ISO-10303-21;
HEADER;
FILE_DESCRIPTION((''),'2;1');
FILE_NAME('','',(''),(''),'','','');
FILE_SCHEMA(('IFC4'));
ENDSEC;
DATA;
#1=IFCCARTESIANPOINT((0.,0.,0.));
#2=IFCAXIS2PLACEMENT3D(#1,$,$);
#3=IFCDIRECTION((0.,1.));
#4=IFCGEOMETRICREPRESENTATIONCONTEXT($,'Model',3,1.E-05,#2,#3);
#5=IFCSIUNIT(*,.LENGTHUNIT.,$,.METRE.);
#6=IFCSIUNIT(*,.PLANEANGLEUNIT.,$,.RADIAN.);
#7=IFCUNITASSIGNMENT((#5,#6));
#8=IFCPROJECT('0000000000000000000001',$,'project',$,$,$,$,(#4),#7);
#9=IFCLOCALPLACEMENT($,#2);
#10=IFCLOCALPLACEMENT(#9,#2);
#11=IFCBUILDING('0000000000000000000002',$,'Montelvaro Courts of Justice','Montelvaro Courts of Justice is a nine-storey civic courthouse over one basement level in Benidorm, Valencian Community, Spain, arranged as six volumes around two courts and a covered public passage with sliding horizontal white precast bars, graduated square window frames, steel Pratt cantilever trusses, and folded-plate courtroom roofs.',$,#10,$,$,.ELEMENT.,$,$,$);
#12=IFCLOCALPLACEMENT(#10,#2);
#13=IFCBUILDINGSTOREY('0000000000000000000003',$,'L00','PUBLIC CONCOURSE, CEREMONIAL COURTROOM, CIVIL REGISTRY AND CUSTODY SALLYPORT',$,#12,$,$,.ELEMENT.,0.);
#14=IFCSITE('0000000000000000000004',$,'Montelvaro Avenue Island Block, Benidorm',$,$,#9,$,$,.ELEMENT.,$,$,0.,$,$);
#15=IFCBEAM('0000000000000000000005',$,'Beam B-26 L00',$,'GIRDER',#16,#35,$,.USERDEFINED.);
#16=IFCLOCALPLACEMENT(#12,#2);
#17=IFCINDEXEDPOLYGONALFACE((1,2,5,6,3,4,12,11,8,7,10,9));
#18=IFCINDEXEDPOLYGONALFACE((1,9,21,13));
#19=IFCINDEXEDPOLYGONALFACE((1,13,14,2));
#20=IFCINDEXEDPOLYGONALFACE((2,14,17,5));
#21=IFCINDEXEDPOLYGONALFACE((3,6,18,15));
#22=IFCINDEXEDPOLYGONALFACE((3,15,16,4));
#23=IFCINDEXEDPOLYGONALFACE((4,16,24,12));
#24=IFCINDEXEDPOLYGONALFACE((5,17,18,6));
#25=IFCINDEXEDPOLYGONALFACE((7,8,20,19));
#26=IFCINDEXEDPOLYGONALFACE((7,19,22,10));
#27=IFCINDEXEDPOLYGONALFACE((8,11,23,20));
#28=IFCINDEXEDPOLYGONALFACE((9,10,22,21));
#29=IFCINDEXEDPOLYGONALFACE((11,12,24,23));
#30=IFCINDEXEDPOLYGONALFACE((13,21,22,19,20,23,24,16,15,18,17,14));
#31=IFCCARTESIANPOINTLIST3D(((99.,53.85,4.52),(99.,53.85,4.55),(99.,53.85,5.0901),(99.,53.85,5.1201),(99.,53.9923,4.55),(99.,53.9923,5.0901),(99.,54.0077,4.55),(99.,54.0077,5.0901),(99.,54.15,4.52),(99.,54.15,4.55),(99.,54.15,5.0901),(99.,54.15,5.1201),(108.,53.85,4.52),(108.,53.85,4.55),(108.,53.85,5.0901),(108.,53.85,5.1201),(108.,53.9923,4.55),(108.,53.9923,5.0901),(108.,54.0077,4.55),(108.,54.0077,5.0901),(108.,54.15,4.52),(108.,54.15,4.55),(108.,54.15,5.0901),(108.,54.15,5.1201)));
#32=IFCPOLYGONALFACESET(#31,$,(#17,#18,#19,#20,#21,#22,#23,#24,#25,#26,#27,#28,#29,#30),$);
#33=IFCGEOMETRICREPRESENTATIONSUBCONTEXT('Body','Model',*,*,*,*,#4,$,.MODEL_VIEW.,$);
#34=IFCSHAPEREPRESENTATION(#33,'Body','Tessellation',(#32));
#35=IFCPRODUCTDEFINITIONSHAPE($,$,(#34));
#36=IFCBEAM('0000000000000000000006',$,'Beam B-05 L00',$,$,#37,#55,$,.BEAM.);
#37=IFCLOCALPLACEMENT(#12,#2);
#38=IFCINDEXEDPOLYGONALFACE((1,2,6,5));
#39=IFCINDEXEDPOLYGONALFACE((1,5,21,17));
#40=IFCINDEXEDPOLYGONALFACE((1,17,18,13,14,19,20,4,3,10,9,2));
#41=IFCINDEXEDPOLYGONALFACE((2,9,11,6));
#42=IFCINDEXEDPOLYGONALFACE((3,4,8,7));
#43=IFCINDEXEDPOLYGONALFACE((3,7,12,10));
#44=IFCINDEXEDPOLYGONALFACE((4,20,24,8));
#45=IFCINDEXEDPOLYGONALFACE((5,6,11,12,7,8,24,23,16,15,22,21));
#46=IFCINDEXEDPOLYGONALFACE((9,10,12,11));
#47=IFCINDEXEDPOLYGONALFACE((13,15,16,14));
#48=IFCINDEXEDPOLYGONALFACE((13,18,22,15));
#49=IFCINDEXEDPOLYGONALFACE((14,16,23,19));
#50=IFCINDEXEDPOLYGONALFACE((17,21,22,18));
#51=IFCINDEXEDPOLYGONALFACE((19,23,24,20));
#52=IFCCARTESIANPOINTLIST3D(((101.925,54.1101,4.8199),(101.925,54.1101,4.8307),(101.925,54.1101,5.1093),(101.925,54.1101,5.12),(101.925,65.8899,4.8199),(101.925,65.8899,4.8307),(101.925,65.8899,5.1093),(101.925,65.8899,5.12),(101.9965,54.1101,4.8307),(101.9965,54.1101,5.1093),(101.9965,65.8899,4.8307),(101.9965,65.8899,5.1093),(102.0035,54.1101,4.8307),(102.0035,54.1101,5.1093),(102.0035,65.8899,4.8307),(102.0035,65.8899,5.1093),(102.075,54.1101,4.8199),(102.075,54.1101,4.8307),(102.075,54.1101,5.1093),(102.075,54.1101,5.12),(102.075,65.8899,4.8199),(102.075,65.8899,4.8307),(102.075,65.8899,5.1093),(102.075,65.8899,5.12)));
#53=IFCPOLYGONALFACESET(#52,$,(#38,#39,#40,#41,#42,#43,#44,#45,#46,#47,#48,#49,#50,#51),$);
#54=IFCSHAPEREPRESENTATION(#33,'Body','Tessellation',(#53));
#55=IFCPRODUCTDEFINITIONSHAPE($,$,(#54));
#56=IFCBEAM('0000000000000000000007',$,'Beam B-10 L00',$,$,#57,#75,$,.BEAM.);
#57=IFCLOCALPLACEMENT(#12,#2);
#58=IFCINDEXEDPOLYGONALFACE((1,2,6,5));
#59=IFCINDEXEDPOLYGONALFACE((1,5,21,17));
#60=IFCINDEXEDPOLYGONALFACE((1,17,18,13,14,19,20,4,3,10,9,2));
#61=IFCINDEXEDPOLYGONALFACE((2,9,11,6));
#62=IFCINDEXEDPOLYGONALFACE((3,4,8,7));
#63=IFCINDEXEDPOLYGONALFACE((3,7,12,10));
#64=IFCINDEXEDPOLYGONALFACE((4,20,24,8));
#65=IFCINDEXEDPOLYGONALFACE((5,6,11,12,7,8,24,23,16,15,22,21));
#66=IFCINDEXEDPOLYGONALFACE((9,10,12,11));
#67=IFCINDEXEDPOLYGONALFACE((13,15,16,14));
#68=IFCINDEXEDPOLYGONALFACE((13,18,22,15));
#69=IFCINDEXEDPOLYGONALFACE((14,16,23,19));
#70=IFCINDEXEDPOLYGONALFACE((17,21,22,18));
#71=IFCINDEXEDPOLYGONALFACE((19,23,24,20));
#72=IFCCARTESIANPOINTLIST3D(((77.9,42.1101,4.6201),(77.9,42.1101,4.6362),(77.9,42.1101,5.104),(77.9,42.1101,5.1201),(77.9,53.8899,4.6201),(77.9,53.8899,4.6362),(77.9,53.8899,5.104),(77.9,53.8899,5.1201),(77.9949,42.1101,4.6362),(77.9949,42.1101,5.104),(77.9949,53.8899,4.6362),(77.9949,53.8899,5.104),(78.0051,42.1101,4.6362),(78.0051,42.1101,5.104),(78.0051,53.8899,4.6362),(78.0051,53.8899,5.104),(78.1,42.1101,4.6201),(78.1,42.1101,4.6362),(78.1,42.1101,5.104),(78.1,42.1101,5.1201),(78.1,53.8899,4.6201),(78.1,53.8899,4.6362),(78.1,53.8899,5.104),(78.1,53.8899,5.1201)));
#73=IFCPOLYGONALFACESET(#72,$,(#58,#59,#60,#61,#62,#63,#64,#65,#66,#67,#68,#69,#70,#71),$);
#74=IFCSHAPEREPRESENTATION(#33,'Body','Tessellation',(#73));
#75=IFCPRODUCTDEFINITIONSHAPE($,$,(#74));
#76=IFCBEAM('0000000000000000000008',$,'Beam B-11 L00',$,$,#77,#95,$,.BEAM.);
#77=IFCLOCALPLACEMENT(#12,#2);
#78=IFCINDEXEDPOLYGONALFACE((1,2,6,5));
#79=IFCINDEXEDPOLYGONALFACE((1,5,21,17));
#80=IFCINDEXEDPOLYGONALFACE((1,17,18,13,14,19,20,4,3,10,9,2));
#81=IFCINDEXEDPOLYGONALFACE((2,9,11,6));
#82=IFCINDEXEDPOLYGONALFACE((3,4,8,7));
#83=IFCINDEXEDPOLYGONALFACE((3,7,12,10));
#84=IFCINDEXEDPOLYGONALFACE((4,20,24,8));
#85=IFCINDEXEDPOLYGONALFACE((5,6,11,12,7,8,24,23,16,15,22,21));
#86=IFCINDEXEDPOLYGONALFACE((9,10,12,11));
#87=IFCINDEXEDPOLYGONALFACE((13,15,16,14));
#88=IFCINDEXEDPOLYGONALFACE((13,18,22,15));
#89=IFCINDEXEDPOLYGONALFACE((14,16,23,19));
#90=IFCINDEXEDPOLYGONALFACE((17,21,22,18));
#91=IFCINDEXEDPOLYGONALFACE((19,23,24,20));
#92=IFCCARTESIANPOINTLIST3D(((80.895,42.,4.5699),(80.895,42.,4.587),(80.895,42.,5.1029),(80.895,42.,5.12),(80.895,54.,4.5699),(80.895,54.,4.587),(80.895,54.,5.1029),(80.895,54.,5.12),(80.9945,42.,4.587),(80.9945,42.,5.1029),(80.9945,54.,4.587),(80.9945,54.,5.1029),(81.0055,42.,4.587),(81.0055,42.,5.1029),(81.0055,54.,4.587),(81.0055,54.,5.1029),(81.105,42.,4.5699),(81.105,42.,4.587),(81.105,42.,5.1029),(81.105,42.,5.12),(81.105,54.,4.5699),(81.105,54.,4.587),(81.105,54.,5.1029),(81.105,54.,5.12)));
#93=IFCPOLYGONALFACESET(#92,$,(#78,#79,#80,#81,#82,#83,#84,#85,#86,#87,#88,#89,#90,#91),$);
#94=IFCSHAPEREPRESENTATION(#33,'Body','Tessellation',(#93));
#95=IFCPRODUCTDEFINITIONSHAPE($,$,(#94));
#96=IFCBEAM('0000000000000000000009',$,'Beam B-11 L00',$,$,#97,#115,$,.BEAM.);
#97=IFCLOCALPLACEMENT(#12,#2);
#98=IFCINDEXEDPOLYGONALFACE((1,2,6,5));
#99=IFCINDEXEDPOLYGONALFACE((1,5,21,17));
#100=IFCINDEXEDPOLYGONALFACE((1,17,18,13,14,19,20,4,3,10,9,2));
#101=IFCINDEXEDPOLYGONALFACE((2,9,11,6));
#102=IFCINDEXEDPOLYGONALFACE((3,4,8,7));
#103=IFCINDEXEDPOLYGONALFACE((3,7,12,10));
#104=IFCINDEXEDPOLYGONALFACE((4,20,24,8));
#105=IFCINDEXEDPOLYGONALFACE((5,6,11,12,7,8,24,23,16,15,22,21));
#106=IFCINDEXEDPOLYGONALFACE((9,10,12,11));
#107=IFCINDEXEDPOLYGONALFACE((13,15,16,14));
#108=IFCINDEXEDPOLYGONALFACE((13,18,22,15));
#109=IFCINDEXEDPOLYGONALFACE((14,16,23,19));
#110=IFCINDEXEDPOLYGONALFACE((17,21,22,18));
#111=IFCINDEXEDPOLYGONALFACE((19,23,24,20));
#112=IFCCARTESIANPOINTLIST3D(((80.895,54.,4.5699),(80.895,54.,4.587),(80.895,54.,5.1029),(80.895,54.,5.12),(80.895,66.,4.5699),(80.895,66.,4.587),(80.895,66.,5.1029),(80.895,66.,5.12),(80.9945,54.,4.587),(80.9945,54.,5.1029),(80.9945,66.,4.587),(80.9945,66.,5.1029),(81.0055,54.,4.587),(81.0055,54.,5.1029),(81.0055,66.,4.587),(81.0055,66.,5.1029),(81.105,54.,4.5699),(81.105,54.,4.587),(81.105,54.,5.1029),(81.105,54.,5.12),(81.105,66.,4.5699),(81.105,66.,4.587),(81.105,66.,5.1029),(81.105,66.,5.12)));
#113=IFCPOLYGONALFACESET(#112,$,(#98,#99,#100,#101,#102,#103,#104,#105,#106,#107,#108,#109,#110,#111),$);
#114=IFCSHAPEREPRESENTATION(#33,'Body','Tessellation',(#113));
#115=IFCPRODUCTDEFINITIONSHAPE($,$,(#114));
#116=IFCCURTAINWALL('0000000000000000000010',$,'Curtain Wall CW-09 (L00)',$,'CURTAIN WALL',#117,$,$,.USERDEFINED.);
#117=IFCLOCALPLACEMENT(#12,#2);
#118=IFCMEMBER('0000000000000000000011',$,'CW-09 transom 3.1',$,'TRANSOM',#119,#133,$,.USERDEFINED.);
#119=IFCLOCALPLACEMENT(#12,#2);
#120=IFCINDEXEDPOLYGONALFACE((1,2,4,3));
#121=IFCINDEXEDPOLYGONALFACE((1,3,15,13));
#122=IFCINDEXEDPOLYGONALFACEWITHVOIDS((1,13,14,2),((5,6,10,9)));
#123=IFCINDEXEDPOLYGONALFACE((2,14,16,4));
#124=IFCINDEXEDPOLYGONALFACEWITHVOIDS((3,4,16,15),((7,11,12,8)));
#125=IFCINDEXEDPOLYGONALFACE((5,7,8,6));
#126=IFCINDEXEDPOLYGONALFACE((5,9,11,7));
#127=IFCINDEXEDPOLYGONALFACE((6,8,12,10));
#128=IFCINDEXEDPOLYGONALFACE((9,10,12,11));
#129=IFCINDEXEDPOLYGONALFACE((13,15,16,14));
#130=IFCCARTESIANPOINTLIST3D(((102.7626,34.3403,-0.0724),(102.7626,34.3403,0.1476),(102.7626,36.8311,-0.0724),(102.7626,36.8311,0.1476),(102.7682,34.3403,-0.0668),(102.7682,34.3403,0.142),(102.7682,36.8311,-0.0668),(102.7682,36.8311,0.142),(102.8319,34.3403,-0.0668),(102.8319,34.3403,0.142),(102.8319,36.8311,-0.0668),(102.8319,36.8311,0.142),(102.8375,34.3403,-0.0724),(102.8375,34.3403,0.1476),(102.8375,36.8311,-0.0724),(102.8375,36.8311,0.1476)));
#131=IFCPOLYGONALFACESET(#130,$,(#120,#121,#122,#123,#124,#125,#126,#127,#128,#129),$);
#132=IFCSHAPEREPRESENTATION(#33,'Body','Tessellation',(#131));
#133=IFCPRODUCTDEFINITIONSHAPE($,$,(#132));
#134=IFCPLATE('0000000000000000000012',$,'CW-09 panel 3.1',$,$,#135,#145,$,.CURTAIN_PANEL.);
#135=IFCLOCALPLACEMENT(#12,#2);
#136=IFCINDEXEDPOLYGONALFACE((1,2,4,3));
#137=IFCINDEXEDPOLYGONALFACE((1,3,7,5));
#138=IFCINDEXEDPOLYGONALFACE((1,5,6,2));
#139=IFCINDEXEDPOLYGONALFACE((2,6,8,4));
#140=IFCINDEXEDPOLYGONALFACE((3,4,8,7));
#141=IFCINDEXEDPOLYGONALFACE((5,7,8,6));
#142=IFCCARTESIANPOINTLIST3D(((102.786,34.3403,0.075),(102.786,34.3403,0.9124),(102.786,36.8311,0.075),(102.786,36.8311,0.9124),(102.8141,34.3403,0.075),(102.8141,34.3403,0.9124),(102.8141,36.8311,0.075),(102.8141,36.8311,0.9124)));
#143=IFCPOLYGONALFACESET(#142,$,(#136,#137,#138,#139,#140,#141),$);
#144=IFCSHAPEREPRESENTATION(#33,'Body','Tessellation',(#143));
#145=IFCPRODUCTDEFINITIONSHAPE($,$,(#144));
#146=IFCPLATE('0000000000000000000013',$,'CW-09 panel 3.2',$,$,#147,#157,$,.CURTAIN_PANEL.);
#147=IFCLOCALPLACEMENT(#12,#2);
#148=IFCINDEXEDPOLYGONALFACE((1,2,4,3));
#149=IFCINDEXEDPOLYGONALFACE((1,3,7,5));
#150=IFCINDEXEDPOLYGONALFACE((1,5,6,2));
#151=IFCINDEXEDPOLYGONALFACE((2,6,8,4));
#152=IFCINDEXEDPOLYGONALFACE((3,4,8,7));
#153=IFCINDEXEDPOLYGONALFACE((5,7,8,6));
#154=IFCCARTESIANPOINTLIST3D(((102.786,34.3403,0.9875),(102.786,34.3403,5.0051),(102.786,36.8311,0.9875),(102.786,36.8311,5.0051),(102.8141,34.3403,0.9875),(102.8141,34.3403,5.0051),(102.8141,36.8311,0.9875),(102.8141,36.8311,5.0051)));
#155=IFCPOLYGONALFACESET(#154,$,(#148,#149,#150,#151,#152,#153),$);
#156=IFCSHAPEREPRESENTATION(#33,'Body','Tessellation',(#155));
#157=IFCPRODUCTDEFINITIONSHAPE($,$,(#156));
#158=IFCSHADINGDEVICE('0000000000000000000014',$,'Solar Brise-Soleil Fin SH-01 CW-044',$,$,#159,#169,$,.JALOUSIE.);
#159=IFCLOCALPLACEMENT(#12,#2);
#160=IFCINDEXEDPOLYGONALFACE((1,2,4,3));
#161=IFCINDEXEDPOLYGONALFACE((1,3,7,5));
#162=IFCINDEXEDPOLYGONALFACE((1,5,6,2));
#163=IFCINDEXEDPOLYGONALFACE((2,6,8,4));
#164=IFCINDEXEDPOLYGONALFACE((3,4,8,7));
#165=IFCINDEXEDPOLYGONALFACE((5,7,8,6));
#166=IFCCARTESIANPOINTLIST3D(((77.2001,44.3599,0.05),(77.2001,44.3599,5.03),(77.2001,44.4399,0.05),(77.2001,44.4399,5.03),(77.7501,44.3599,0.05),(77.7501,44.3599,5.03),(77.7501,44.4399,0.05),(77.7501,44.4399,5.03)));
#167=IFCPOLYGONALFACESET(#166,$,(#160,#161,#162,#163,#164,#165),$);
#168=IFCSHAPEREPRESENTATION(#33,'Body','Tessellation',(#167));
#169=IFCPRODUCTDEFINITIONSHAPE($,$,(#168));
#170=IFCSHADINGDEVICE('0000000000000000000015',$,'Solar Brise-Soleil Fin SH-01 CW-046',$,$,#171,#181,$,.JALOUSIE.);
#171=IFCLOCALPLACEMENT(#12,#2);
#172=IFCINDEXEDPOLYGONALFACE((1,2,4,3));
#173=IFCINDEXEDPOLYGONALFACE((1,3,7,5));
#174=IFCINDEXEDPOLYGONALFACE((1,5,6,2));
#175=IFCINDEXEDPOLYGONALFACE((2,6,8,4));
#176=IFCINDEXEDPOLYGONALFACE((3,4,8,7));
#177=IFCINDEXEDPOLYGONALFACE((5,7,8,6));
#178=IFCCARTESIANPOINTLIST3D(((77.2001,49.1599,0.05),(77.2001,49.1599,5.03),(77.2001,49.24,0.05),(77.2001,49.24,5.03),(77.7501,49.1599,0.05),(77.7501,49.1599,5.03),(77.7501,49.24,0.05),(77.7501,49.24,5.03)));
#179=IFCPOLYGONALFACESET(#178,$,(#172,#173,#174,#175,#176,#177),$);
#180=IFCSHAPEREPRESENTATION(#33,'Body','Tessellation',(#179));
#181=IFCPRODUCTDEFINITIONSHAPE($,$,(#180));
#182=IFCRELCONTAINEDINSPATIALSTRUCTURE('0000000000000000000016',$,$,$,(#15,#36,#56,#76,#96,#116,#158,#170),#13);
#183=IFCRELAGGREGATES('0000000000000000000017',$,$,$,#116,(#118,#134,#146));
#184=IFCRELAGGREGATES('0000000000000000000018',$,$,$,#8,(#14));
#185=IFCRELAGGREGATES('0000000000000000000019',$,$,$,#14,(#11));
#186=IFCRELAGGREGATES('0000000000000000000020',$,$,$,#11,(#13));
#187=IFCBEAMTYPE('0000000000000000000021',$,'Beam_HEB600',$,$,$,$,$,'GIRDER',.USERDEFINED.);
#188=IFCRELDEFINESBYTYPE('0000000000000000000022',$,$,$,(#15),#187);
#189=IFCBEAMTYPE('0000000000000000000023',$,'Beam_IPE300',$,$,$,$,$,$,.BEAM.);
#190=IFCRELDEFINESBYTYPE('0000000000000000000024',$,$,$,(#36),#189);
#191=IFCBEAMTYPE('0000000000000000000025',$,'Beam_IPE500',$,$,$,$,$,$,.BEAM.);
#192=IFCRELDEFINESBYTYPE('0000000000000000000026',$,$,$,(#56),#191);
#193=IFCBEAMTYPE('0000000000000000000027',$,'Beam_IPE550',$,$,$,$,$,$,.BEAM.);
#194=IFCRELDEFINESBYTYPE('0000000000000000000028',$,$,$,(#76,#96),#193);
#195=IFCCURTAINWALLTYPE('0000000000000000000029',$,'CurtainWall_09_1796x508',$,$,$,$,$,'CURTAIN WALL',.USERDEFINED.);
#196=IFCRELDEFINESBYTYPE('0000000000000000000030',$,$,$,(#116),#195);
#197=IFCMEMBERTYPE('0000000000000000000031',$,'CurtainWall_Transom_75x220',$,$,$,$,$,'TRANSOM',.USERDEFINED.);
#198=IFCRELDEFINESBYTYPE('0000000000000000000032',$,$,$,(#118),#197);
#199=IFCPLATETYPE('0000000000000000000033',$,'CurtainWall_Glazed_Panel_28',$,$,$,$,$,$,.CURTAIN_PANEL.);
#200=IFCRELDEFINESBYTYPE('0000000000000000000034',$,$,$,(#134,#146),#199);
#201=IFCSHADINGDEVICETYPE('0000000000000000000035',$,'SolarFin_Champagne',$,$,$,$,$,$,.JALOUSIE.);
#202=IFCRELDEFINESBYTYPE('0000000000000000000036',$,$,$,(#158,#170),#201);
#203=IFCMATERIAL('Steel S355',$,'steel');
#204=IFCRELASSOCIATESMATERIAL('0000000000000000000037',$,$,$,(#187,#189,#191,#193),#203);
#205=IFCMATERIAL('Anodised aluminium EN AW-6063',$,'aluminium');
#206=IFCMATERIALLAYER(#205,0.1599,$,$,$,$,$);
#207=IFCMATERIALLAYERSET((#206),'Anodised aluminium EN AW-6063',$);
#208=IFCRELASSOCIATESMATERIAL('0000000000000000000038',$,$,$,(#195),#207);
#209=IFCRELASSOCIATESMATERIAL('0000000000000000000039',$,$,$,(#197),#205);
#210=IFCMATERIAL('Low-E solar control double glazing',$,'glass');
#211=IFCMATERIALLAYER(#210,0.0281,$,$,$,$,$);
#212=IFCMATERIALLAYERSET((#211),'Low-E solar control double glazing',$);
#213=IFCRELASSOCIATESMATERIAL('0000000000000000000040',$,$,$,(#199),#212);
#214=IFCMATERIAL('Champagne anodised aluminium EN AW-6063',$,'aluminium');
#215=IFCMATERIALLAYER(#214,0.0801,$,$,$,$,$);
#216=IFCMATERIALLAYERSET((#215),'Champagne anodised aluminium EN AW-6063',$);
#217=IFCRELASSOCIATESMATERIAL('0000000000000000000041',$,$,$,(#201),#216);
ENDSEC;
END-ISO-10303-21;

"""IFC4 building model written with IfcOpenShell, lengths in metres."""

from ifc_helpers import new_model, si_unit, direction, frame, origin, origin_2d, place, context, subcontext, project, spatial, rectangle, hollow_rectangle, i_section, extrude, material, layer, layer_set, material_profile, profile_set, type_object, element, aggregate, save


model = new_model("IFC4")

# Units and contexts
model_context = context("Model", 3, precision=1e-05, world=origin(), true_north=direction((0.0, 1.0)))
body_context = subcontext(model_context, "Body", "Model", "MODEL_VIEW")
ifc_project = project(units=[si_unit("LENGTHUNIT", "METRE"), si_unit("PLANEANGLEUNIT", "RADIAN")], contexts=[model_context])

# Site, building, storey
site_placement = place(None, origin())
site = spatial("IfcSite", under=ifc_project, at=site_placement, Name="Montelvaro Avenue Island Block, Benidorm", CompositionType="ELEMENT", RefElevation=0.0)
building_placement = place(site_placement, origin())
building = spatial("IfcBuilding", under=site, at=building_placement, Name="Montelvaro Courts of Justice", Description="Montelvaro Courts of Justice is a nine-storey civic courthouse over one basement level in Benidorm, Valencian Community, Spain, arranged as six volumes around two courts and a covered public passage with sliding horizontal white precast bars, graduated square window frames, steel Pratt cantilever trusses, and folded-plate courtroom roofs.", CompositionType="ELEMENT")
storey_placement = place(building_placement, origin())
storey = spatial("IfcBuildingStorey", under=building, at=storey_placement, Name="L00", Description="PUBLIC CONCOURSE, CEREMONIAL COURTROOM, CIVIL REGISTRY AND CUSTODY SALLYPORT", CompositionType="ELEMENT", Elevation=0.0)

# Shared definitions
ifc_material_1 = material(Name="Steel S355", Category="steel")

# Beams
ifc_material_profile_1 = material_profile(ifc_material_1, i_section(OverallWidth=0.3, OverallDepth=0.6001, WebThickness=0.0154, FlangeThickness=0.03, at=origin_2d()), Name="HEB 600")
ifc_profile_set_1 = profile_set([ifc_material_profile_1], Name="Steel S355")
beam_type_1 = type_object("IfcBeamType", Name="Beam_HEB600", ElementType="GIRDER", PredefinedType="USERDEFINED", material=ifc_profile_set_1)
beam_1_placement = place(storey_placement, frame((99.0, 54.0, 4.8201), z_axis=(1.0, 0.0, 0.0), x_axis=(0.0, 1.0, 0.0)))
element("IfcBeam", 1, at=beam_1_placement, inside=storey, type_object=beam_type_1, Name="Beam B-26 L00", ObjectType="GIRDER", PredefinedType="USERDEFINED", context=body_context, shape_type="SweptSolid", body=[
    extrude(i_section(OverallWidth=0.3, OverallDepth=0.6001, WebThickness=0.0154, FlangeThickness=0.03, at=origin_2d()), origin(), (0.0, 0.0, 1.0), 9.0),
])
ifc_material_profile_2 = material_profile(ifc_material_1, i_section(OverallWidth=0.1499, OverallDepth=0.3, WebThickness=0.0071, FlangeThickness=0.0107, at=origin_2d()), Name="IPE 300")
ifc_profile_set_2 = profile_set([ifc_material_profile_2], Name="Steel S355")
beam_type_2 = type_object("IfcBeamType", Name="Beam_IPE300", PredefinedType="BEAM", material=ifc_profile_set_2)
beam_2_placement = place(storey_placement, frame((102.0, 54.1101, 4.97), z_axis=(0.0, 1.0, 0.0), x_axis=(-1.0, 0.0, 0.0)))
element("IfcBeam", 2, at=beam_2_placement, inside=storey, type_object=beam_type_2, Name="Beam B-05 L00", PredefinedType="BEAM", context=body_context, shape_type="SweptSolid", body=[
    extrude(i_section(OverallWidth=0.1499, OverallDepth=0.3, WebThickness=0.0071, FlangeThickness=0.0107, at=origin_2d()), origin(), (0.0, 0.0, 1.0), 11.7798),
])
ifc_material_profile_3 = material_profile(ifc_material_1, i_section(OverallWidth=0.2, OverallDepth=0.5, WebThickness=0.0103, FlangeThickness=0.0161, at=origin_2d()), Name="IPE 500")
ifc_profile_set_3 = profile_set([ifc_material_profile_3], Name="Steel S355")
beam_type_3 = type_object("IfcBeamType", Name="Beam_IPE500", PredefinedType="BEAM", material=ifc_profile_set_3)
beam_3_placement = place(storey_placement, frame((78.0, 42.1101, 4.8701), z_axis=(0.0, 1.0, 0.0), x_axis=(-1.0, 0.0, 0.0)))
element("IfcBeam", 3, at=beam_3_placement, inside=storey, type_object=beam_type_3, Name="Beam B-10 L00", PredefinedType="BEAM", context=body_context, shape_type="SweptSolid", body=[
    extrude(i_section(OverallWidth=0.2, OverallDepth=0.5, WebThickness=0.0103, FlangeThickness=0.0161, at=origin_2d()), origin(), (0.0, 0.0, 1.0), 11.7798),
])
ifc_material_profile_4 = material_profile(ifc_material_1, i_section(OverallWidth=0.21, OverallDepth=0.55, WebThickness=0.011, FlangeThickness=0.0171, at=origin_2d()), Name="IPE 550")
ifc_profile_set_4 = profile_set([ifc_material_profile_4], Name="Steel S355")
beam_type_4 = type_object("IfcBeamType", Name="Beam_IPE550", PredefinedType="BEAM", material=ifc_profile_set_4)
for number, where, z_axis, x_axis, name in (
    (4, (81.0, 42.0, 4.845), (0.0, 1.0, 0.0), (-1.0, 0.0, 0.0), "Beam B-11 L00"),
    (5, (81.0, 54.0, 4.845), (0.0, 1.0, 0.0), (-1.0, 0.0, 0.0), "Beam B-11 L00"),
):
    element("IfcBeam", number, at=place(storey_placement, frame(where, z_axis=z_axis, x_axis=x_axis)), inside=storey, type_object=beam_type_4, Name=name, PredefinedType="BEAM", context=body_context, shape_type="SweptSolid", body=[
        extrude(i_section(OverallWidth=0.21, OverallDepth=0.55, WebThickness=0.011, FlangeThickness=0.0171, at=origin_2d()), origin(), (0.0, 0.0, 1.0), 12.0),
    ])

# Curtain wall, member, plates
ifc_material_2 = material(Name="Anodised aluminium EN AW-6063", Category="aluminium")
ifc_layer_1 = layer(ifc_material_2, 0.1599)
ifc_layer_set_1 = layer_set([ifc_layer_1], Name="Anodised aluminium EN AW-6063")
curtain_wall_type = type_object("IfcCurtainWallType", Name="CurtainWall_09_1796x508", ElementType="CURTAIN WALL", PredefinedType="USERDEFINED", material=ifc_layer_set_1)
curtain_wall_placement = place(storey_placement, origin())
curtain_wall = element("IfcCurtainWall", 6, at=curtain_wall_placement, inside=storey, type_object=curtain_wall_type, Name="Curtain Wall CW-09 (L00)", ObjectType="CURTAIN WALL", PredefinedType="USERDEFINED")
ifc_material_profile_5 = material_profile(ifc_material_2, hollow_rectangle(XDim=0.075, YDim=0.22, WallThickness=0.0056, at=origin_2d()), Name="ALU-T 75x220")
ifc_profile_set_5 = profile_set([ifc_material_profile_5], Name="Anodised aluminium EN AW-6063")
member_type = type_object("IfcMemberType", Name="CurtainWall_Transom_75x220", ElementType="TRANSOM", PredefinedType="USERDEFINED", material=ifc_profile_set_5)
member_placement = place(storey_placement, frame((102.8, 36.8311, 0.0376), z_axis=(0.0, -1.0, 0.0), x_axis=(1.0, 0.0, 0.0)))
member = element("IfcMember", 7, at=member_placement, type_object=member_type, Name="CW-09 transom 3.1", ObjectType="TRANSOM", PredefinedType="USERDEFINED", context=body_context, shape_type="SweptSolid", body=[
    extrude(hollow_rectangle(XDim=0.075, YDim=0.22, WallThickness=0.0056, at=origin_2d()), origin(), (0.0, 0.0, 1.0), 2.4907),
])
ifc_material_3 = material(Name="Low-E solar control double glazing", Category="glass")
ifc_layer_2 = layer(ifc_material_3, 0.0281)
ifc_layer_set_2 = layer_set([ifc_layer_2], Name="Low-E solar control double glazing")
plate_type = type_object("IfcPlateType", Name="CurtainWall_Glazed_Panel_28", PredefinedType="CURTAIN_PANEL", material=ifc_layer_set_2)
plate_1_placement = place(storey_placement, frame((102.8, 35.5857, 0.075), z_axis=(0.0, 0.0, 1.0), x_axis=(0.0, -1.0, 0.0)))
plate_1 = element("IfcPlate", 8, at=plate_1_placement, type_object=plate_type, Name="CW-09 panel 3.1", PredefinedType="CURTAIN_PANEL", context=body_context, shape_type="SweptSolid", body=[
    extrude(rectangle(XDim=2.4907, YDim=0.0281, at=origin_2d()), origin(), (0.0, 0.0, 1.0), 0.8374),
])
plate_2_placement = place(storey_placement, frame((102.8, 35.5857, 0.9875), z_axis=(0.0, 0.0, 1.0), x_axis=(0.0, -1.0, 0.0)))
plate_2 = element("IfcPlate", 9, at=plate_2_placement, type_object=plate_type, Name="CW-09 panel 3.2", PredefinedType="CURTAIN_PANEL", context=body_context, shape_type="SweptSolid", body=[
    extrude(rectangle(XDim=2.4907, YDim=0.0281, at=origin_2d()), origin(), (0.0, 0.0, 1.0), 4.0176),
])
aggregate(curtain_wall, [member, plate_1, plate_2])

# Shading devices
ifc_material_4 = material(Name="Champagne anodised aluminium EN AW-6063", Category="aluminium")
ifc_layer_3 = layer(ifc_material_4, 0.0801)
ifc_layer_set_3 = layer_set([ifc_layer_3], Name="Champagne anodised aluminium EN AW-6063")
shading_device_type_1 = type_object("IfcShadingDeviceType", Name="SolarFin_Champagne", PredefinedType="JALOUSIE", material=ifc_layer_set_3)
for number, where, z_axis, x_axis, name in (
    (10, (77.4751, 44.3999, 0.05), (0.0, 0.0, 1.0), (0.0, 1.0, 0.0), "Solar Brise-Soleil Fin SH-01 CW-044"),
    (11, (77.4751, 49.2, 0.05), (0.0, 0.0, 1.0), (0.0, 1.0, 0.0), "Solar Brise-Soleil Fin SH-01 CW-046"),
):
    element("IfcShadingDevice", number, at=place(storey_placement, frame(where, z_axis=z_axis, x_axis=x_axis)), inside=storey, type_object=shading_device_type_1, Name=name, PredefinedType="JALOUSIE", context=body_context, shape_type="SweptSolid", body=[
        extrude(rectangle(XDim=0.0801, YDim=0.55, at=origin_2d()), origin(), (0.0, 0.0, 1.0), 4.98),
    ])

save(model, "model.ifc")
